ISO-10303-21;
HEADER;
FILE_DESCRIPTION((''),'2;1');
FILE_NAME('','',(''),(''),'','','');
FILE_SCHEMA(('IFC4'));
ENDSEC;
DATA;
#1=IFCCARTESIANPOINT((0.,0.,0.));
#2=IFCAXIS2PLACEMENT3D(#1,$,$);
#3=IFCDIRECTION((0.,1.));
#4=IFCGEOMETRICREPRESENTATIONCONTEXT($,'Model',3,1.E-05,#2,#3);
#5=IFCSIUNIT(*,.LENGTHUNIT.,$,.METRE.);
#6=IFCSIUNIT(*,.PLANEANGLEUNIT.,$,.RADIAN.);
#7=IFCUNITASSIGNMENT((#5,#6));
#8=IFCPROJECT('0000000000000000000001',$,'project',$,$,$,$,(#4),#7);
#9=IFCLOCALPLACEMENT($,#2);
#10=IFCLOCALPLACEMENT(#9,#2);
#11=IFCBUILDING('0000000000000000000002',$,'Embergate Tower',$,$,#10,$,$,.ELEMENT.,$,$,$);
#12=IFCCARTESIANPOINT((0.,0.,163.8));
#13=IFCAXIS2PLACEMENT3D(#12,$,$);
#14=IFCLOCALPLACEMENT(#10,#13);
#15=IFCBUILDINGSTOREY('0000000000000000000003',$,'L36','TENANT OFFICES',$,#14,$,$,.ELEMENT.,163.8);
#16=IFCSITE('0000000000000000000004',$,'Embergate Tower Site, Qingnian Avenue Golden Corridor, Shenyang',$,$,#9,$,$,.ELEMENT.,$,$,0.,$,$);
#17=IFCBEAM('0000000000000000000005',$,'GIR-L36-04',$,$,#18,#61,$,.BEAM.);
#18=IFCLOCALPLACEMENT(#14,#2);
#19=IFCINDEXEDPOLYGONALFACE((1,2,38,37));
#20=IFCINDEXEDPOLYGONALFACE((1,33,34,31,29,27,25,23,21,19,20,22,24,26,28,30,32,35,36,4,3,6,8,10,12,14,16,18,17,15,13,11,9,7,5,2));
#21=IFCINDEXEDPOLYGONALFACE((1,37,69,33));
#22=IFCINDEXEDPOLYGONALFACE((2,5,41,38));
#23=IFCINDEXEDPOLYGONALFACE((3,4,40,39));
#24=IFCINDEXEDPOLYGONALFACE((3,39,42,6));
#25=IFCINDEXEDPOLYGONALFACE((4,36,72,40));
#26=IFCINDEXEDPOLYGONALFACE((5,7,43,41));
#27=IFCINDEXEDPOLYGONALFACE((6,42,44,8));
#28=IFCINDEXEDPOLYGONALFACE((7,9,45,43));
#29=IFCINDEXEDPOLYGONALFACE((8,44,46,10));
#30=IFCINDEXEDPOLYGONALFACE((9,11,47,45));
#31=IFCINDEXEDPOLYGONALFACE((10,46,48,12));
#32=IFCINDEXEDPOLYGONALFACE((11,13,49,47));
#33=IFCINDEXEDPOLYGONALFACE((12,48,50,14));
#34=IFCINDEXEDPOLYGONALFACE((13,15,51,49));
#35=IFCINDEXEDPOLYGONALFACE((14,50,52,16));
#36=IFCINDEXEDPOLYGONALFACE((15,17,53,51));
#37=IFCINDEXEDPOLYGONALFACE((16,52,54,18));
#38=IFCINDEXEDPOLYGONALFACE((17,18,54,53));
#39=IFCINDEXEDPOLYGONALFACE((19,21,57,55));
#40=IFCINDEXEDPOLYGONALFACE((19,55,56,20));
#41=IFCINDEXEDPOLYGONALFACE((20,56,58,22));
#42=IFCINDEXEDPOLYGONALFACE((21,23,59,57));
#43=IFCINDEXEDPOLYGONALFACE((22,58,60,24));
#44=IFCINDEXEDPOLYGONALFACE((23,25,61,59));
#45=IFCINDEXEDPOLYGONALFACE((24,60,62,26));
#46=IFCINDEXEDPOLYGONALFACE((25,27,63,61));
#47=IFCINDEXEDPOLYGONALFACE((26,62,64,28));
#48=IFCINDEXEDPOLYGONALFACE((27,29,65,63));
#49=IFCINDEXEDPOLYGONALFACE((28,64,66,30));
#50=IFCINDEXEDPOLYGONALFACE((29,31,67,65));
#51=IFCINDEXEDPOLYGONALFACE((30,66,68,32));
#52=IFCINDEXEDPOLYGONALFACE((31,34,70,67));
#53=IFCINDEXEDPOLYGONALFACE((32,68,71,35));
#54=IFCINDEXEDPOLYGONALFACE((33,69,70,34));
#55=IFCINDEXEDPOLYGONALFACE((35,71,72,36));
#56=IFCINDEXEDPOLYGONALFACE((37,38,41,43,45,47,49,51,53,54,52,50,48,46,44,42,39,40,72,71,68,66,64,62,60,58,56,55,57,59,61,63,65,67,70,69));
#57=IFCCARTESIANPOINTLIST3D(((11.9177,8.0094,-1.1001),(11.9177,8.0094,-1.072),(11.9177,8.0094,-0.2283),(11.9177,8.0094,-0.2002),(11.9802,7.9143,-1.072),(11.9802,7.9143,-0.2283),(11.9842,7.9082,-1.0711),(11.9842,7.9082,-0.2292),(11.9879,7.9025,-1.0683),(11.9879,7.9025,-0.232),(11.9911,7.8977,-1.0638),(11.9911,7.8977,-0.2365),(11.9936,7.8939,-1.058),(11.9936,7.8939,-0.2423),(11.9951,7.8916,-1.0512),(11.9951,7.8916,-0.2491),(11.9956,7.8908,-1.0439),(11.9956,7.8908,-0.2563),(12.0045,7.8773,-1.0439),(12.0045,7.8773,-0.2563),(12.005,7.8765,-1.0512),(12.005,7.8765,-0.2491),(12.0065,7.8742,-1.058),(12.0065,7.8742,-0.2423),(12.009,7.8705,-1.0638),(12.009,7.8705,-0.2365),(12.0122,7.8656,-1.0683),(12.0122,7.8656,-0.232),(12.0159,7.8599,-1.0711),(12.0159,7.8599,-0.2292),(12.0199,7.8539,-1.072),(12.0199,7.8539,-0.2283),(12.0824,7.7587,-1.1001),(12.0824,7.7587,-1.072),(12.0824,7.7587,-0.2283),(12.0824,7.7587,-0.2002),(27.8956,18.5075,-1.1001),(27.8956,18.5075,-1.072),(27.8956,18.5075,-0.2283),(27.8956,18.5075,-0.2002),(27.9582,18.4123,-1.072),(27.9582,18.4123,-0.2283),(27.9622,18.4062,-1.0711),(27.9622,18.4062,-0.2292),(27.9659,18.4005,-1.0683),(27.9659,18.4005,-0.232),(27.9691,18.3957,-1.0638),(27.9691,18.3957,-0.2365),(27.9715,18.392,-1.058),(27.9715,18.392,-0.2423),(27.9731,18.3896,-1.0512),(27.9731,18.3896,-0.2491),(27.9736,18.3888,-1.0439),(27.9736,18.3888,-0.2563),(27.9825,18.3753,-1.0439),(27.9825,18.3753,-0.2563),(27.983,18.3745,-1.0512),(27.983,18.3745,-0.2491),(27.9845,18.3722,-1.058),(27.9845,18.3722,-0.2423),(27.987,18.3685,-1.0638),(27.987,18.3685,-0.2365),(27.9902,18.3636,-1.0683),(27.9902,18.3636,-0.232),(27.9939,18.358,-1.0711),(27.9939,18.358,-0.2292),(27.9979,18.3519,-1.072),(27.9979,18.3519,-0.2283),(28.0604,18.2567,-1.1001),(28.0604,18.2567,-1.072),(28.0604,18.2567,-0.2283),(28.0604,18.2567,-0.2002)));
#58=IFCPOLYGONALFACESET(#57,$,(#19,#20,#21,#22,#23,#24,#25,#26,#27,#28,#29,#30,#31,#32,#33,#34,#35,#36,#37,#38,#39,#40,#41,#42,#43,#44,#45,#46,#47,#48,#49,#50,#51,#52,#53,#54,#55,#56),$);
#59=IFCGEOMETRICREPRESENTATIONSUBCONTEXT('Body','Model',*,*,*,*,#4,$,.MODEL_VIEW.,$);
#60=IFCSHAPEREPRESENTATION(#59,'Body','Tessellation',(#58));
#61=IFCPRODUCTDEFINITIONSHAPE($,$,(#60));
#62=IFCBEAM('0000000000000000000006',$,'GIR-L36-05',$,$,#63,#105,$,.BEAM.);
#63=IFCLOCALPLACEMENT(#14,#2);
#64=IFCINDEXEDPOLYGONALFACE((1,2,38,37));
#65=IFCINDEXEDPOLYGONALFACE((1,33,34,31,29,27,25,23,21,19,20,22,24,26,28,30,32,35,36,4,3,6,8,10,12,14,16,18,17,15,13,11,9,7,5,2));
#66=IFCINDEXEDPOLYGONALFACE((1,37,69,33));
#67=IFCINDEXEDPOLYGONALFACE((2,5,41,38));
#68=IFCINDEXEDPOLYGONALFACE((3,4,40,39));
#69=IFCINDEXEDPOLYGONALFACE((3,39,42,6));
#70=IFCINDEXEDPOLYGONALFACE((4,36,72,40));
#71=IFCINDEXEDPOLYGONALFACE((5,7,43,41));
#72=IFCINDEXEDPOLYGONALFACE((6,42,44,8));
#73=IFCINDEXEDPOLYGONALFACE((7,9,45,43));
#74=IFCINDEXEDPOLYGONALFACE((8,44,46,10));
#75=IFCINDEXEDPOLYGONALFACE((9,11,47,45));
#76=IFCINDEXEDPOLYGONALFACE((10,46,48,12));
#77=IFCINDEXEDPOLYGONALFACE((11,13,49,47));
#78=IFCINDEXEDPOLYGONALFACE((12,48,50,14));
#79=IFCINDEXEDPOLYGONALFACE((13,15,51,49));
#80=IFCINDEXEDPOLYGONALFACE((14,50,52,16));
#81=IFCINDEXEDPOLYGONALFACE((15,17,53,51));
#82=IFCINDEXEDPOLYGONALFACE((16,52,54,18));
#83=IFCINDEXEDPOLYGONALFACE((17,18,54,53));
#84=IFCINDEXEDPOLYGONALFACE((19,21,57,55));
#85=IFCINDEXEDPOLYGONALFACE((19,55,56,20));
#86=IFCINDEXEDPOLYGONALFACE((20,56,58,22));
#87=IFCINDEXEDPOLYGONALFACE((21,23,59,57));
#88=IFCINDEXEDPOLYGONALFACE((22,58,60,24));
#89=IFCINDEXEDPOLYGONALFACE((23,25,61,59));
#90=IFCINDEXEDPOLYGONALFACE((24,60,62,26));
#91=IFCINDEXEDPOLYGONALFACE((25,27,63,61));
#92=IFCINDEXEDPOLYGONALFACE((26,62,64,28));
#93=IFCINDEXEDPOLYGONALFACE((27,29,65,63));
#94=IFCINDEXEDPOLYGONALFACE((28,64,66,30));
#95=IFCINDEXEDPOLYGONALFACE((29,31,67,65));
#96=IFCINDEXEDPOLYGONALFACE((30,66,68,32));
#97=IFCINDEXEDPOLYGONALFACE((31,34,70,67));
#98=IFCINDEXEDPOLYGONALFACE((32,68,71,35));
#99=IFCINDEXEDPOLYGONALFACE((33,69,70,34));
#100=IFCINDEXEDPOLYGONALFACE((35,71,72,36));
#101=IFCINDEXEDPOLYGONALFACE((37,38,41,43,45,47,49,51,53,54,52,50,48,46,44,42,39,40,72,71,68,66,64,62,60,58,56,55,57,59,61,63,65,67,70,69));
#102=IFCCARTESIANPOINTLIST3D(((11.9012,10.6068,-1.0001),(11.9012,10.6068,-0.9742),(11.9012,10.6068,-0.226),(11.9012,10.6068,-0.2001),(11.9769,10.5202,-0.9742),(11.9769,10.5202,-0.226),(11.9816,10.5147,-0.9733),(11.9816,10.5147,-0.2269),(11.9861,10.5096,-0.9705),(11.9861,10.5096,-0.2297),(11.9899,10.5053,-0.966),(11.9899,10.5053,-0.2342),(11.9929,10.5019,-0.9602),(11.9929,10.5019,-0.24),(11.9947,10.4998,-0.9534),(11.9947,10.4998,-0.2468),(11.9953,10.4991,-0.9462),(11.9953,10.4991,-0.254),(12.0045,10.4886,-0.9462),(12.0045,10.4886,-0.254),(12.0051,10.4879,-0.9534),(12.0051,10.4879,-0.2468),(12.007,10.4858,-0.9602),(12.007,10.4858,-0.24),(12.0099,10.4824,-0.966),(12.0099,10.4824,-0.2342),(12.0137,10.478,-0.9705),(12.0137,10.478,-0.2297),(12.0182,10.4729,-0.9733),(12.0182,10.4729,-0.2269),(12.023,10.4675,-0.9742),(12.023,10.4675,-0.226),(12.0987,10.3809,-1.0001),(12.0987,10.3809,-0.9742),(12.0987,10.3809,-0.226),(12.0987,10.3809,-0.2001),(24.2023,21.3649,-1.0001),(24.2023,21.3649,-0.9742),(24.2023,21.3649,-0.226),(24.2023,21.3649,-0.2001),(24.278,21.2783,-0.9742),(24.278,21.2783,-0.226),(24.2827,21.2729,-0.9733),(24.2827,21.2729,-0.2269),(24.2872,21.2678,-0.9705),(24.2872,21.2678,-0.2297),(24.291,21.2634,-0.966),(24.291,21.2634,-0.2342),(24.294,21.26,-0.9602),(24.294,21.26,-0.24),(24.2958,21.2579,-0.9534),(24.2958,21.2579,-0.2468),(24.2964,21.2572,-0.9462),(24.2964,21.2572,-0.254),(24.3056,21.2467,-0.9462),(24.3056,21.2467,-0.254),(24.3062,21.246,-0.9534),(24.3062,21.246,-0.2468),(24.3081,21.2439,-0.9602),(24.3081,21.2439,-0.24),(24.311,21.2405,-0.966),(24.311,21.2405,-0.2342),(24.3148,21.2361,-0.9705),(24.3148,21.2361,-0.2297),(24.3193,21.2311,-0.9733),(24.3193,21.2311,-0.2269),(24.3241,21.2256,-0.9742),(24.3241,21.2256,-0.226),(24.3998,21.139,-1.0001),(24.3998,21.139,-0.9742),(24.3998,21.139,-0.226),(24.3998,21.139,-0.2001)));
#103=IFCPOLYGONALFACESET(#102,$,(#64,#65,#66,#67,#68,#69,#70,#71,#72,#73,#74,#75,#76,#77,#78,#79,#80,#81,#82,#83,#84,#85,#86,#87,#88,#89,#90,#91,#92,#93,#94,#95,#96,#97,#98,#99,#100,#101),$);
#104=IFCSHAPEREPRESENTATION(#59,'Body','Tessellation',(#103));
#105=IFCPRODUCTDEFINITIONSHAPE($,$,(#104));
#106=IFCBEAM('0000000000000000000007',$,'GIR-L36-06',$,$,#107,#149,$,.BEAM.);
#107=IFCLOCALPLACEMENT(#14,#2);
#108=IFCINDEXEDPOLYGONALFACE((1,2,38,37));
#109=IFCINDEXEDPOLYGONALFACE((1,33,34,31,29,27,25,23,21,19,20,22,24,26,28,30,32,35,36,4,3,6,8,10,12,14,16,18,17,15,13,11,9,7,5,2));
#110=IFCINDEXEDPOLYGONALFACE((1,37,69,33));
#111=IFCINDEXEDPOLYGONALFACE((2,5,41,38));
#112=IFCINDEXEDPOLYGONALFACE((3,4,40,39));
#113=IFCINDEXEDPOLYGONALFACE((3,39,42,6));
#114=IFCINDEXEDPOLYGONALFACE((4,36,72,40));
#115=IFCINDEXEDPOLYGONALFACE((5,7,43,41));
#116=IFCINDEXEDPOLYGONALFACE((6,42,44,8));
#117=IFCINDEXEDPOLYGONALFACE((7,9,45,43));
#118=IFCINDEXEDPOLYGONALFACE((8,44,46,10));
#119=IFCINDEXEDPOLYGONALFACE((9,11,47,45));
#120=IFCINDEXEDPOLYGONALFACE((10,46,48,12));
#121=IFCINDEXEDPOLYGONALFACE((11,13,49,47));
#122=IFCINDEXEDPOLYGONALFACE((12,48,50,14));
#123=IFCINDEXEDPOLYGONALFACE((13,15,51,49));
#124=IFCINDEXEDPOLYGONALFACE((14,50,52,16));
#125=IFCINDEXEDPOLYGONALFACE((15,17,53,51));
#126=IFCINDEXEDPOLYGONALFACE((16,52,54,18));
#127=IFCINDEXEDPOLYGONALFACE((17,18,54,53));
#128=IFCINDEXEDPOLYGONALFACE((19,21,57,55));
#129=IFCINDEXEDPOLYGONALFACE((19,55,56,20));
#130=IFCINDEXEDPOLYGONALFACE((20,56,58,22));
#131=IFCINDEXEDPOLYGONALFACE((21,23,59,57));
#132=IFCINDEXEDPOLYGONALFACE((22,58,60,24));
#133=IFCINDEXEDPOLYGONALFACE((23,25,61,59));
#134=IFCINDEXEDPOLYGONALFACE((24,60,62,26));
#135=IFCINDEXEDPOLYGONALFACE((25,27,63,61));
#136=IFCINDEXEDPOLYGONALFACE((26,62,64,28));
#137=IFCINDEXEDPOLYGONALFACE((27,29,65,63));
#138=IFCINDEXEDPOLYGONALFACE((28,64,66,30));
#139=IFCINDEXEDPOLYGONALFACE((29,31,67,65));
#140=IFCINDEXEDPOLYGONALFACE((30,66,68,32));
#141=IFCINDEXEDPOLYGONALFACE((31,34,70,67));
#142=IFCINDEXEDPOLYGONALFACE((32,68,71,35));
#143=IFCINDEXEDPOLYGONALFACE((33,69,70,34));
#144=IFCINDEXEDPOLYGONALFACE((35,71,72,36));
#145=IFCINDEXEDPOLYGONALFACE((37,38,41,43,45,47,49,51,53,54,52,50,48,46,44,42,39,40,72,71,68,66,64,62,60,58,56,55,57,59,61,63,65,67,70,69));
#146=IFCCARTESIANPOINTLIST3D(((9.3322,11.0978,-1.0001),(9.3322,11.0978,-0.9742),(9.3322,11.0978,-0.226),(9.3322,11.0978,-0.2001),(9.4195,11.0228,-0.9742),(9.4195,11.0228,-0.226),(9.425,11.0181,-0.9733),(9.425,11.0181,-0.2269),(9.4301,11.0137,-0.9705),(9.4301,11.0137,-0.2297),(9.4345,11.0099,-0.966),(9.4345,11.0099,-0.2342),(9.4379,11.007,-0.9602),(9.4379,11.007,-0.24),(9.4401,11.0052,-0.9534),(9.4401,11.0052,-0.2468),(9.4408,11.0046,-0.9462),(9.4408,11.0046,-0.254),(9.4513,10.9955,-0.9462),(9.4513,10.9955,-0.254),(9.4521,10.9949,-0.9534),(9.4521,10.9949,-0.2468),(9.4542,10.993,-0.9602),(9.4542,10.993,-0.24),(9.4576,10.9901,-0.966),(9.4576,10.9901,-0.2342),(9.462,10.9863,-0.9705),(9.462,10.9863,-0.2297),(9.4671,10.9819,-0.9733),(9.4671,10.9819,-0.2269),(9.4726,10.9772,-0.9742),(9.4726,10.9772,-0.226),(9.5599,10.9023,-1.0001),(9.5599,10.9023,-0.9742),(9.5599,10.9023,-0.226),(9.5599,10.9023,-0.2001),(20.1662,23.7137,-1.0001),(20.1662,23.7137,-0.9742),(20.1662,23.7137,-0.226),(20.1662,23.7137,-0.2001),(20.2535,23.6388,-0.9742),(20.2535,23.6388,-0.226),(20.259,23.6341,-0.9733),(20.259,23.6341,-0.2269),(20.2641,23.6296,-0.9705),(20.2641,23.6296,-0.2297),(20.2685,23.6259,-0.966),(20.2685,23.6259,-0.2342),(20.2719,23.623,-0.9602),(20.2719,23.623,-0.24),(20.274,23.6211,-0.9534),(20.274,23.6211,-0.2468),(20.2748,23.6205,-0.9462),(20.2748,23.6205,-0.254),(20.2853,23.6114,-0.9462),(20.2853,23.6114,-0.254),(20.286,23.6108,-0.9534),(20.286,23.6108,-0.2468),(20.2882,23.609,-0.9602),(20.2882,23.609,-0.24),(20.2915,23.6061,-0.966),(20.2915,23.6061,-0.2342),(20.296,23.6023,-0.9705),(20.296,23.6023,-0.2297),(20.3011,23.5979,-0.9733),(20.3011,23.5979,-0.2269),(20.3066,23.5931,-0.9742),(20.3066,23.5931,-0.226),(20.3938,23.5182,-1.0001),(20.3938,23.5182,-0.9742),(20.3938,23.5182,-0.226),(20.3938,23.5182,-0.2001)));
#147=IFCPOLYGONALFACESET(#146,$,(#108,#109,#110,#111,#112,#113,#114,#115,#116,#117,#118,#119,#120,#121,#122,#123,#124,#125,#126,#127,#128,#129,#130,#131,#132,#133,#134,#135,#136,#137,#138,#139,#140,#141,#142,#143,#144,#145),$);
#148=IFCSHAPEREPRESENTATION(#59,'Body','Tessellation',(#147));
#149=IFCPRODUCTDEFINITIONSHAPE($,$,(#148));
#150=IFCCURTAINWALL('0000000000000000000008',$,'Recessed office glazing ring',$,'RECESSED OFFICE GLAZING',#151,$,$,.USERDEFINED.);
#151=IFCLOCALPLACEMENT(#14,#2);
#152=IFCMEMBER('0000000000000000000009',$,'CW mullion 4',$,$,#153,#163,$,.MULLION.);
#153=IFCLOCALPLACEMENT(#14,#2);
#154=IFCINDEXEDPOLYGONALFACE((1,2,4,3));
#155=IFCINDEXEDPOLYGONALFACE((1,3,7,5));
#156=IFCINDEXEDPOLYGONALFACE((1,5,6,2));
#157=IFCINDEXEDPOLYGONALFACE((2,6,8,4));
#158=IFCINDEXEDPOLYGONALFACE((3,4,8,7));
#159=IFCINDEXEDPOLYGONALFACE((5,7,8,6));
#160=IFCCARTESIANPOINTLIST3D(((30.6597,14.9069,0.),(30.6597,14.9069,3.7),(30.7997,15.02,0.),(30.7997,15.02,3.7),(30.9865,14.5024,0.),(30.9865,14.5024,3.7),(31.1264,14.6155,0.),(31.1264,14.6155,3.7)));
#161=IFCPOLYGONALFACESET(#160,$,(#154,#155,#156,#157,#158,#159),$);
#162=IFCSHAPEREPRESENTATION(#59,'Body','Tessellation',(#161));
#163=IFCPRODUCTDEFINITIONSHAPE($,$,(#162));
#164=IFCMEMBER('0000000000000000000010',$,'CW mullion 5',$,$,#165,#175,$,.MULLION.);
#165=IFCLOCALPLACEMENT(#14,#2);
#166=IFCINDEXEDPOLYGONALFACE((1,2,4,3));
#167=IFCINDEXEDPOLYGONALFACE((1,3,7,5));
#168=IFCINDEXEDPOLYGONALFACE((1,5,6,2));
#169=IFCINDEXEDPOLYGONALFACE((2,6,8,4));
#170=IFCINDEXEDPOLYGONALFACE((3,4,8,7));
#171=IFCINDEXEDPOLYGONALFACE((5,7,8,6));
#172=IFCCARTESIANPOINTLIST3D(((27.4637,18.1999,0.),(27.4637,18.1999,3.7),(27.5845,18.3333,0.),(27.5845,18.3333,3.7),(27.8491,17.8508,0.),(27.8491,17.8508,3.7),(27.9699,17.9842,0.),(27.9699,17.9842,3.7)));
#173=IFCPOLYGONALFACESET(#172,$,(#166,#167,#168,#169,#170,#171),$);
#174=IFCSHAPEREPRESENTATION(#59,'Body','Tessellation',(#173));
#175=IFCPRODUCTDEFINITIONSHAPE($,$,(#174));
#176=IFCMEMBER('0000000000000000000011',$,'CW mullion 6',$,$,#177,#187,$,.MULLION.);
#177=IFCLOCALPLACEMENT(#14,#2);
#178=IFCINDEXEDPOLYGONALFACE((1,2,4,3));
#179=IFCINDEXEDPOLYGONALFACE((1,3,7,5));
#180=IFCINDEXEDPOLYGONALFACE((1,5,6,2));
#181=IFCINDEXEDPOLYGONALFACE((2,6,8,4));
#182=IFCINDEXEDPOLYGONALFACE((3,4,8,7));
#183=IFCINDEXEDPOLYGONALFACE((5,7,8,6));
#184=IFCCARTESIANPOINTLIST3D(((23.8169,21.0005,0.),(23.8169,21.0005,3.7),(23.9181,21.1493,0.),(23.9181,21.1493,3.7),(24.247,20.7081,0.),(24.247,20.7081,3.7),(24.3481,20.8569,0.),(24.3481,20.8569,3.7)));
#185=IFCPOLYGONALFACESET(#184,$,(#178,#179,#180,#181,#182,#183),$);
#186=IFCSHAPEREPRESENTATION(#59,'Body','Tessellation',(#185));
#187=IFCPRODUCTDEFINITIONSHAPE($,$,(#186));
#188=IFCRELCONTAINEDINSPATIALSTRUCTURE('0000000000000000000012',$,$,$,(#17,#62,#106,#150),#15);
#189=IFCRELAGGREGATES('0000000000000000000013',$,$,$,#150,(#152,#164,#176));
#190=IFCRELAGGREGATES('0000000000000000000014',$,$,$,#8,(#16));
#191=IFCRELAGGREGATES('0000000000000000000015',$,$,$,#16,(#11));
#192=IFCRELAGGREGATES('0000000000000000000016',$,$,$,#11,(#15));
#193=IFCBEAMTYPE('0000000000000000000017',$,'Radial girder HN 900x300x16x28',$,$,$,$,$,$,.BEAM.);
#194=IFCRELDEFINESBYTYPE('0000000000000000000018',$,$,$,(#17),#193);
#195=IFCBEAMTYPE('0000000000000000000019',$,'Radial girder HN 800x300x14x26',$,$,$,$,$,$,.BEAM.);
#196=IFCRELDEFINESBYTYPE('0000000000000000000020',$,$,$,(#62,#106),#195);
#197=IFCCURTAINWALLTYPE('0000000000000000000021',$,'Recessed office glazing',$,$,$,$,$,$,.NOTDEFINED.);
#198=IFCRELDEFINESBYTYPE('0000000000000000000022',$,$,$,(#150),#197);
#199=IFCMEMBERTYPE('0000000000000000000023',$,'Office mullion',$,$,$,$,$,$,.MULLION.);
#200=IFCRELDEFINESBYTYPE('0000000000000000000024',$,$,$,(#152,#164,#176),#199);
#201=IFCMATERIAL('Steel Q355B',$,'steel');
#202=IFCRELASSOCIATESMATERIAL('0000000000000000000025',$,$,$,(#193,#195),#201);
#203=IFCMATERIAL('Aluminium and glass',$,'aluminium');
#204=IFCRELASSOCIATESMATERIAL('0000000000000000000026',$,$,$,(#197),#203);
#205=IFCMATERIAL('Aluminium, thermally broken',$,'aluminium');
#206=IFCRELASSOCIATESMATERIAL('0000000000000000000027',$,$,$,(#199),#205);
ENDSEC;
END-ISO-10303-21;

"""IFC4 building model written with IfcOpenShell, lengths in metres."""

from ifc_helpers import new_model, si_unit, direction, frame, origin, origin_2d, place, context, subcontext, project, spatial, rectangle, i_section, extrude, source, transform, mapped, material, material_profile, profile_set, type_object, element, aggregate, save


model = new_model("IFC4")

# Units and contexts
model_context = context("Model", 3, precision=1e-05, world=origin(), true_north=direction((0.0, 1.0)))
body_context = subcontext(model_context, "Body", "Model", "MODEL_VIEW")
ifc_project = project(units=[si_unit("LENGTHUNIT", "METRE"), si_unit("PLANEANGLEUNIT", "RADIAN")], contexts=[model_context])

# Site, building, storey
site_placement = place(None, origin())
site = spatial("IfcSite", under=ifc_project, at=site_placement, Name="Embergate Tower Site, Qingnian Avenue Golden Corridor, Shenyang", CompositionType="ELEMENT", RefElevation=0.0)
building_placement = place(site_placement, origin())
building = spatial("IfcBuilding", under=site, at=building_placement, Name="Embergate Tower", CompositionType="ELEMENT")
storey_placement = place(building_placement, frame((0.0, 0.0, 163.8)))
storey = spatial("IfcBuildingStorey", under=building, at=storey_placement, Name="L36", Description="TENANT OFFICES", CompositionType="ELEMENT", Elevation=163.8)

# Beams
ifc_material_1 = material(Name="Steel Q355B", Category="steel")
ifc_material_profile_1 = material_profile(ifc_material_1, i_section(OverallWidth=0.3, OverallDepth=0.8999, WebThickness=0.0161, FlangeThickness=0.0281, FilletRadius=0.0281, at=origin_2d()), Name="HN 900x300x16x28")
ifc_profile_set_1 = profile_set([ifc_material_profile_1], Name="Steel Q355 grade B")
beam_type_1 = type_object("IfcBeamType", Name="Radial girder HN 900x300x16x28", PredefinedType="BEAM", material=ifc_profile_set_1)
shared_shape_1 = source(origin(), body_context, "Body", "SweptSolid", [
    extrude(i_section(OverallWidth=0.3, OverallDepth=0.8999, WebThickness=0.0161, FlangeThickness=0.0281, FilletRadius=0.0281, at=origin_2d()), origin(), (0.0, 0.0, 1.0), 19.1182),
])
beam_1_placement = place(storey_placement, frame((27.978, 18.3821, -0.6501), z_axis=(-0.835749, -0.549112, 0.0), x_axis=(0.549112, -0.835749, 0.0)))
element("IfcBeam", 1, at=beam_1_placement, inside=storey, type_object=beam_type_1, Name="GIR-L36-04", PredefinedType="BEAM", context=body_context, shape_type="MappedRepresentation", body=[
    mapped(shared_shape_1, transform((0.0, 0.0, 0.0))),
])
ifc_material_profile_2 = material_profile(ifc_material_1, i_section(OverallWidth=0.3, OverallDepth=0.8, WebThickness=0.0139, FlangeThickness=0.0259, FilletRadius=0.0281, at=origin_2d()), Name="HN 800x300x14x26")
ifc_profile_set_2 = profile_set([ifc_material_profile_2], Name="Steel Q355 grade B")
beam_type_2 = type_object("IfcBeamType", Name="Radial girder HN 800x300x14x26", PredefinedType="BEAM", material=ifc_profile_set_2)
shared_shape_2 = source(origin(), body_context, "Body", "SweptSolid", [
    extrude(i_section(OverallWidth=0.3, OverallDepth=0.8, WebThickness=0.0139, FlangeThickness=0.0259, FilletRadius=0.0281, at=origin_2d()), origin(), (0.0, 0.0, 1.0), 16.3418),
])
beam_2_placement = place(storey_placement, frame((24.301, 21.252, -0.6001), z_axis=(-0.752739, -0.658319, 0.0), x_axis=(0.658319, -0.752739, 0.0)))
element("IfcBeam", 2, at=beam_2_placement, inside=storey, type_object=beam_type_2, Name="GIR-L36-05", PredefinedType="BEAM", context=body_context, shape_type="MappedRepresentation", body=[
    mapped(shared_shape_2, transform((0.0, 0.0, 0.0))),
])
shared_shape_3 = source(origin(), body_context, "Body", "SweptSolid", [
    extrude(i_section(OverallWidth=0.3, OverallDepth=0.8, WebThickness=0.0139, FlangeThickness=0.0259, FilletRadius=0.0281, at=origin_2d()), origin(), (0.0, 0.0, 1.0), 16.6294),
])
beam_3_placement = place(storey_placement, frame((20.28, 23.616, -0.6001), z_axis=(-0.651495, -0.758653, 0.0), x_axis=(0.758653, -0.651495, 0.0)))
element("IfcBeam", 3, at=beam_3_placement, inside=storey, type_object=beam_type_2, Name="GIR-L36-06", PredefinedType="BEAM", context=body_context, shape_type="MappedRepresentation", body=[
    mapped(shared_shape_3, transform((0.0, 0.0, 0.0))),
])

# Curtain wall, members
ifc_material_2 = material(Name="Aluminium and glass", Category="aluminium")
curtain_wall_type = type_object("IfcCurtainWallType", Name="Recessed office glazing", PredefinedType="NOTDEFINED", material=ifc_material_2)
curtain_wall_placement = place(storey_placement, origin())
curtain_wall = element("IfcCurtainWall", 4, at=curtain_wall_placement, inside=storey, type_object=curtain_wall_type, Name="Recessed office glazing ring", ObjectType="RECESSED OFFICE GLAZING", PredefinedType="USERDEFINED")
ifc_material_3 = material(Name="Aluminium, thermally broken", Category="aluminium")
ifc_material_profile_3 = material_profile(ifc_material_3, rectangle(XDim=0.1799, YDim=0.52, at=origin_2d()), Name="AL 520x180")
ifc_profile_set_3 = profile_set([ifc_material_profile_3], Name="Aluminium, thermally broken")
member_type_1 = type_object("IfcMemberType", Name="Office mullion", PredefinedType="MULLION", material=ifc_profile_set_3)
shared_shape_4 = source(origin(), body_context, "Body", "SweptSolid", [
    extrude(rectangle(XDim=0.1799, YDim=0.52, at=origin_2d()), origin(), (0.0, 0.0, 1.0), 3.7),
])
member_1_placement = place(storey_placement, frame((30.8931, 14.7612, 0.0), z_axis=(0.0, 0.0, 1.0), x_axis=(-0.777873, -0.628422, 0.0)))
member_1 = element("IfcMember", 5, at=member_1_placement, type_object=member_type_1, Name="CW mullion 4", PredefinedType="MULLION", context=body_context, shape_type="MappedRepresentation", body=[
    mapped(shared_shape_4, transform((0.0, 0.0, 0.0))),
])
member_2_placement = place(storey_placement, frame((27.7168, 18.092, 0.0), z_axis=(0.0, 0.0, 1.0), x_axis=(-0.671227, -0.741252, 0.0)))
member_2 = element("IfcMember", 6, at=member_2_placement, type_object=member_type_1, Name="CW mullion 5", PredefinedType="MULLION", context=body_context, shape_type="MappedRepresentation", body=[
    mapped(shared_shape_4, transform((0.0, 0.0, 0.0))),
])
member_3_placement = place(storey_placement, frame((24.0825, 20.9287, 0.0), z_axis=(0.0, 0.0, 1.0), x_axis=(-0.562216, -0.82699, 0.0)))
member_3 = element("IfcMember", 7, at=member_3_placement, type_object=member_type_1, Name="CW mullion 6", PredefinedType="MULLION", context=body_context, shape_type="MappedRepresentation", body=[
    mapped(shared_shape_4, transform((0.0, 0.0, 0.0))),
])
aggregate(curtain_wall, [member_1, member_2, member_3])

save(model, "model.ifc")
